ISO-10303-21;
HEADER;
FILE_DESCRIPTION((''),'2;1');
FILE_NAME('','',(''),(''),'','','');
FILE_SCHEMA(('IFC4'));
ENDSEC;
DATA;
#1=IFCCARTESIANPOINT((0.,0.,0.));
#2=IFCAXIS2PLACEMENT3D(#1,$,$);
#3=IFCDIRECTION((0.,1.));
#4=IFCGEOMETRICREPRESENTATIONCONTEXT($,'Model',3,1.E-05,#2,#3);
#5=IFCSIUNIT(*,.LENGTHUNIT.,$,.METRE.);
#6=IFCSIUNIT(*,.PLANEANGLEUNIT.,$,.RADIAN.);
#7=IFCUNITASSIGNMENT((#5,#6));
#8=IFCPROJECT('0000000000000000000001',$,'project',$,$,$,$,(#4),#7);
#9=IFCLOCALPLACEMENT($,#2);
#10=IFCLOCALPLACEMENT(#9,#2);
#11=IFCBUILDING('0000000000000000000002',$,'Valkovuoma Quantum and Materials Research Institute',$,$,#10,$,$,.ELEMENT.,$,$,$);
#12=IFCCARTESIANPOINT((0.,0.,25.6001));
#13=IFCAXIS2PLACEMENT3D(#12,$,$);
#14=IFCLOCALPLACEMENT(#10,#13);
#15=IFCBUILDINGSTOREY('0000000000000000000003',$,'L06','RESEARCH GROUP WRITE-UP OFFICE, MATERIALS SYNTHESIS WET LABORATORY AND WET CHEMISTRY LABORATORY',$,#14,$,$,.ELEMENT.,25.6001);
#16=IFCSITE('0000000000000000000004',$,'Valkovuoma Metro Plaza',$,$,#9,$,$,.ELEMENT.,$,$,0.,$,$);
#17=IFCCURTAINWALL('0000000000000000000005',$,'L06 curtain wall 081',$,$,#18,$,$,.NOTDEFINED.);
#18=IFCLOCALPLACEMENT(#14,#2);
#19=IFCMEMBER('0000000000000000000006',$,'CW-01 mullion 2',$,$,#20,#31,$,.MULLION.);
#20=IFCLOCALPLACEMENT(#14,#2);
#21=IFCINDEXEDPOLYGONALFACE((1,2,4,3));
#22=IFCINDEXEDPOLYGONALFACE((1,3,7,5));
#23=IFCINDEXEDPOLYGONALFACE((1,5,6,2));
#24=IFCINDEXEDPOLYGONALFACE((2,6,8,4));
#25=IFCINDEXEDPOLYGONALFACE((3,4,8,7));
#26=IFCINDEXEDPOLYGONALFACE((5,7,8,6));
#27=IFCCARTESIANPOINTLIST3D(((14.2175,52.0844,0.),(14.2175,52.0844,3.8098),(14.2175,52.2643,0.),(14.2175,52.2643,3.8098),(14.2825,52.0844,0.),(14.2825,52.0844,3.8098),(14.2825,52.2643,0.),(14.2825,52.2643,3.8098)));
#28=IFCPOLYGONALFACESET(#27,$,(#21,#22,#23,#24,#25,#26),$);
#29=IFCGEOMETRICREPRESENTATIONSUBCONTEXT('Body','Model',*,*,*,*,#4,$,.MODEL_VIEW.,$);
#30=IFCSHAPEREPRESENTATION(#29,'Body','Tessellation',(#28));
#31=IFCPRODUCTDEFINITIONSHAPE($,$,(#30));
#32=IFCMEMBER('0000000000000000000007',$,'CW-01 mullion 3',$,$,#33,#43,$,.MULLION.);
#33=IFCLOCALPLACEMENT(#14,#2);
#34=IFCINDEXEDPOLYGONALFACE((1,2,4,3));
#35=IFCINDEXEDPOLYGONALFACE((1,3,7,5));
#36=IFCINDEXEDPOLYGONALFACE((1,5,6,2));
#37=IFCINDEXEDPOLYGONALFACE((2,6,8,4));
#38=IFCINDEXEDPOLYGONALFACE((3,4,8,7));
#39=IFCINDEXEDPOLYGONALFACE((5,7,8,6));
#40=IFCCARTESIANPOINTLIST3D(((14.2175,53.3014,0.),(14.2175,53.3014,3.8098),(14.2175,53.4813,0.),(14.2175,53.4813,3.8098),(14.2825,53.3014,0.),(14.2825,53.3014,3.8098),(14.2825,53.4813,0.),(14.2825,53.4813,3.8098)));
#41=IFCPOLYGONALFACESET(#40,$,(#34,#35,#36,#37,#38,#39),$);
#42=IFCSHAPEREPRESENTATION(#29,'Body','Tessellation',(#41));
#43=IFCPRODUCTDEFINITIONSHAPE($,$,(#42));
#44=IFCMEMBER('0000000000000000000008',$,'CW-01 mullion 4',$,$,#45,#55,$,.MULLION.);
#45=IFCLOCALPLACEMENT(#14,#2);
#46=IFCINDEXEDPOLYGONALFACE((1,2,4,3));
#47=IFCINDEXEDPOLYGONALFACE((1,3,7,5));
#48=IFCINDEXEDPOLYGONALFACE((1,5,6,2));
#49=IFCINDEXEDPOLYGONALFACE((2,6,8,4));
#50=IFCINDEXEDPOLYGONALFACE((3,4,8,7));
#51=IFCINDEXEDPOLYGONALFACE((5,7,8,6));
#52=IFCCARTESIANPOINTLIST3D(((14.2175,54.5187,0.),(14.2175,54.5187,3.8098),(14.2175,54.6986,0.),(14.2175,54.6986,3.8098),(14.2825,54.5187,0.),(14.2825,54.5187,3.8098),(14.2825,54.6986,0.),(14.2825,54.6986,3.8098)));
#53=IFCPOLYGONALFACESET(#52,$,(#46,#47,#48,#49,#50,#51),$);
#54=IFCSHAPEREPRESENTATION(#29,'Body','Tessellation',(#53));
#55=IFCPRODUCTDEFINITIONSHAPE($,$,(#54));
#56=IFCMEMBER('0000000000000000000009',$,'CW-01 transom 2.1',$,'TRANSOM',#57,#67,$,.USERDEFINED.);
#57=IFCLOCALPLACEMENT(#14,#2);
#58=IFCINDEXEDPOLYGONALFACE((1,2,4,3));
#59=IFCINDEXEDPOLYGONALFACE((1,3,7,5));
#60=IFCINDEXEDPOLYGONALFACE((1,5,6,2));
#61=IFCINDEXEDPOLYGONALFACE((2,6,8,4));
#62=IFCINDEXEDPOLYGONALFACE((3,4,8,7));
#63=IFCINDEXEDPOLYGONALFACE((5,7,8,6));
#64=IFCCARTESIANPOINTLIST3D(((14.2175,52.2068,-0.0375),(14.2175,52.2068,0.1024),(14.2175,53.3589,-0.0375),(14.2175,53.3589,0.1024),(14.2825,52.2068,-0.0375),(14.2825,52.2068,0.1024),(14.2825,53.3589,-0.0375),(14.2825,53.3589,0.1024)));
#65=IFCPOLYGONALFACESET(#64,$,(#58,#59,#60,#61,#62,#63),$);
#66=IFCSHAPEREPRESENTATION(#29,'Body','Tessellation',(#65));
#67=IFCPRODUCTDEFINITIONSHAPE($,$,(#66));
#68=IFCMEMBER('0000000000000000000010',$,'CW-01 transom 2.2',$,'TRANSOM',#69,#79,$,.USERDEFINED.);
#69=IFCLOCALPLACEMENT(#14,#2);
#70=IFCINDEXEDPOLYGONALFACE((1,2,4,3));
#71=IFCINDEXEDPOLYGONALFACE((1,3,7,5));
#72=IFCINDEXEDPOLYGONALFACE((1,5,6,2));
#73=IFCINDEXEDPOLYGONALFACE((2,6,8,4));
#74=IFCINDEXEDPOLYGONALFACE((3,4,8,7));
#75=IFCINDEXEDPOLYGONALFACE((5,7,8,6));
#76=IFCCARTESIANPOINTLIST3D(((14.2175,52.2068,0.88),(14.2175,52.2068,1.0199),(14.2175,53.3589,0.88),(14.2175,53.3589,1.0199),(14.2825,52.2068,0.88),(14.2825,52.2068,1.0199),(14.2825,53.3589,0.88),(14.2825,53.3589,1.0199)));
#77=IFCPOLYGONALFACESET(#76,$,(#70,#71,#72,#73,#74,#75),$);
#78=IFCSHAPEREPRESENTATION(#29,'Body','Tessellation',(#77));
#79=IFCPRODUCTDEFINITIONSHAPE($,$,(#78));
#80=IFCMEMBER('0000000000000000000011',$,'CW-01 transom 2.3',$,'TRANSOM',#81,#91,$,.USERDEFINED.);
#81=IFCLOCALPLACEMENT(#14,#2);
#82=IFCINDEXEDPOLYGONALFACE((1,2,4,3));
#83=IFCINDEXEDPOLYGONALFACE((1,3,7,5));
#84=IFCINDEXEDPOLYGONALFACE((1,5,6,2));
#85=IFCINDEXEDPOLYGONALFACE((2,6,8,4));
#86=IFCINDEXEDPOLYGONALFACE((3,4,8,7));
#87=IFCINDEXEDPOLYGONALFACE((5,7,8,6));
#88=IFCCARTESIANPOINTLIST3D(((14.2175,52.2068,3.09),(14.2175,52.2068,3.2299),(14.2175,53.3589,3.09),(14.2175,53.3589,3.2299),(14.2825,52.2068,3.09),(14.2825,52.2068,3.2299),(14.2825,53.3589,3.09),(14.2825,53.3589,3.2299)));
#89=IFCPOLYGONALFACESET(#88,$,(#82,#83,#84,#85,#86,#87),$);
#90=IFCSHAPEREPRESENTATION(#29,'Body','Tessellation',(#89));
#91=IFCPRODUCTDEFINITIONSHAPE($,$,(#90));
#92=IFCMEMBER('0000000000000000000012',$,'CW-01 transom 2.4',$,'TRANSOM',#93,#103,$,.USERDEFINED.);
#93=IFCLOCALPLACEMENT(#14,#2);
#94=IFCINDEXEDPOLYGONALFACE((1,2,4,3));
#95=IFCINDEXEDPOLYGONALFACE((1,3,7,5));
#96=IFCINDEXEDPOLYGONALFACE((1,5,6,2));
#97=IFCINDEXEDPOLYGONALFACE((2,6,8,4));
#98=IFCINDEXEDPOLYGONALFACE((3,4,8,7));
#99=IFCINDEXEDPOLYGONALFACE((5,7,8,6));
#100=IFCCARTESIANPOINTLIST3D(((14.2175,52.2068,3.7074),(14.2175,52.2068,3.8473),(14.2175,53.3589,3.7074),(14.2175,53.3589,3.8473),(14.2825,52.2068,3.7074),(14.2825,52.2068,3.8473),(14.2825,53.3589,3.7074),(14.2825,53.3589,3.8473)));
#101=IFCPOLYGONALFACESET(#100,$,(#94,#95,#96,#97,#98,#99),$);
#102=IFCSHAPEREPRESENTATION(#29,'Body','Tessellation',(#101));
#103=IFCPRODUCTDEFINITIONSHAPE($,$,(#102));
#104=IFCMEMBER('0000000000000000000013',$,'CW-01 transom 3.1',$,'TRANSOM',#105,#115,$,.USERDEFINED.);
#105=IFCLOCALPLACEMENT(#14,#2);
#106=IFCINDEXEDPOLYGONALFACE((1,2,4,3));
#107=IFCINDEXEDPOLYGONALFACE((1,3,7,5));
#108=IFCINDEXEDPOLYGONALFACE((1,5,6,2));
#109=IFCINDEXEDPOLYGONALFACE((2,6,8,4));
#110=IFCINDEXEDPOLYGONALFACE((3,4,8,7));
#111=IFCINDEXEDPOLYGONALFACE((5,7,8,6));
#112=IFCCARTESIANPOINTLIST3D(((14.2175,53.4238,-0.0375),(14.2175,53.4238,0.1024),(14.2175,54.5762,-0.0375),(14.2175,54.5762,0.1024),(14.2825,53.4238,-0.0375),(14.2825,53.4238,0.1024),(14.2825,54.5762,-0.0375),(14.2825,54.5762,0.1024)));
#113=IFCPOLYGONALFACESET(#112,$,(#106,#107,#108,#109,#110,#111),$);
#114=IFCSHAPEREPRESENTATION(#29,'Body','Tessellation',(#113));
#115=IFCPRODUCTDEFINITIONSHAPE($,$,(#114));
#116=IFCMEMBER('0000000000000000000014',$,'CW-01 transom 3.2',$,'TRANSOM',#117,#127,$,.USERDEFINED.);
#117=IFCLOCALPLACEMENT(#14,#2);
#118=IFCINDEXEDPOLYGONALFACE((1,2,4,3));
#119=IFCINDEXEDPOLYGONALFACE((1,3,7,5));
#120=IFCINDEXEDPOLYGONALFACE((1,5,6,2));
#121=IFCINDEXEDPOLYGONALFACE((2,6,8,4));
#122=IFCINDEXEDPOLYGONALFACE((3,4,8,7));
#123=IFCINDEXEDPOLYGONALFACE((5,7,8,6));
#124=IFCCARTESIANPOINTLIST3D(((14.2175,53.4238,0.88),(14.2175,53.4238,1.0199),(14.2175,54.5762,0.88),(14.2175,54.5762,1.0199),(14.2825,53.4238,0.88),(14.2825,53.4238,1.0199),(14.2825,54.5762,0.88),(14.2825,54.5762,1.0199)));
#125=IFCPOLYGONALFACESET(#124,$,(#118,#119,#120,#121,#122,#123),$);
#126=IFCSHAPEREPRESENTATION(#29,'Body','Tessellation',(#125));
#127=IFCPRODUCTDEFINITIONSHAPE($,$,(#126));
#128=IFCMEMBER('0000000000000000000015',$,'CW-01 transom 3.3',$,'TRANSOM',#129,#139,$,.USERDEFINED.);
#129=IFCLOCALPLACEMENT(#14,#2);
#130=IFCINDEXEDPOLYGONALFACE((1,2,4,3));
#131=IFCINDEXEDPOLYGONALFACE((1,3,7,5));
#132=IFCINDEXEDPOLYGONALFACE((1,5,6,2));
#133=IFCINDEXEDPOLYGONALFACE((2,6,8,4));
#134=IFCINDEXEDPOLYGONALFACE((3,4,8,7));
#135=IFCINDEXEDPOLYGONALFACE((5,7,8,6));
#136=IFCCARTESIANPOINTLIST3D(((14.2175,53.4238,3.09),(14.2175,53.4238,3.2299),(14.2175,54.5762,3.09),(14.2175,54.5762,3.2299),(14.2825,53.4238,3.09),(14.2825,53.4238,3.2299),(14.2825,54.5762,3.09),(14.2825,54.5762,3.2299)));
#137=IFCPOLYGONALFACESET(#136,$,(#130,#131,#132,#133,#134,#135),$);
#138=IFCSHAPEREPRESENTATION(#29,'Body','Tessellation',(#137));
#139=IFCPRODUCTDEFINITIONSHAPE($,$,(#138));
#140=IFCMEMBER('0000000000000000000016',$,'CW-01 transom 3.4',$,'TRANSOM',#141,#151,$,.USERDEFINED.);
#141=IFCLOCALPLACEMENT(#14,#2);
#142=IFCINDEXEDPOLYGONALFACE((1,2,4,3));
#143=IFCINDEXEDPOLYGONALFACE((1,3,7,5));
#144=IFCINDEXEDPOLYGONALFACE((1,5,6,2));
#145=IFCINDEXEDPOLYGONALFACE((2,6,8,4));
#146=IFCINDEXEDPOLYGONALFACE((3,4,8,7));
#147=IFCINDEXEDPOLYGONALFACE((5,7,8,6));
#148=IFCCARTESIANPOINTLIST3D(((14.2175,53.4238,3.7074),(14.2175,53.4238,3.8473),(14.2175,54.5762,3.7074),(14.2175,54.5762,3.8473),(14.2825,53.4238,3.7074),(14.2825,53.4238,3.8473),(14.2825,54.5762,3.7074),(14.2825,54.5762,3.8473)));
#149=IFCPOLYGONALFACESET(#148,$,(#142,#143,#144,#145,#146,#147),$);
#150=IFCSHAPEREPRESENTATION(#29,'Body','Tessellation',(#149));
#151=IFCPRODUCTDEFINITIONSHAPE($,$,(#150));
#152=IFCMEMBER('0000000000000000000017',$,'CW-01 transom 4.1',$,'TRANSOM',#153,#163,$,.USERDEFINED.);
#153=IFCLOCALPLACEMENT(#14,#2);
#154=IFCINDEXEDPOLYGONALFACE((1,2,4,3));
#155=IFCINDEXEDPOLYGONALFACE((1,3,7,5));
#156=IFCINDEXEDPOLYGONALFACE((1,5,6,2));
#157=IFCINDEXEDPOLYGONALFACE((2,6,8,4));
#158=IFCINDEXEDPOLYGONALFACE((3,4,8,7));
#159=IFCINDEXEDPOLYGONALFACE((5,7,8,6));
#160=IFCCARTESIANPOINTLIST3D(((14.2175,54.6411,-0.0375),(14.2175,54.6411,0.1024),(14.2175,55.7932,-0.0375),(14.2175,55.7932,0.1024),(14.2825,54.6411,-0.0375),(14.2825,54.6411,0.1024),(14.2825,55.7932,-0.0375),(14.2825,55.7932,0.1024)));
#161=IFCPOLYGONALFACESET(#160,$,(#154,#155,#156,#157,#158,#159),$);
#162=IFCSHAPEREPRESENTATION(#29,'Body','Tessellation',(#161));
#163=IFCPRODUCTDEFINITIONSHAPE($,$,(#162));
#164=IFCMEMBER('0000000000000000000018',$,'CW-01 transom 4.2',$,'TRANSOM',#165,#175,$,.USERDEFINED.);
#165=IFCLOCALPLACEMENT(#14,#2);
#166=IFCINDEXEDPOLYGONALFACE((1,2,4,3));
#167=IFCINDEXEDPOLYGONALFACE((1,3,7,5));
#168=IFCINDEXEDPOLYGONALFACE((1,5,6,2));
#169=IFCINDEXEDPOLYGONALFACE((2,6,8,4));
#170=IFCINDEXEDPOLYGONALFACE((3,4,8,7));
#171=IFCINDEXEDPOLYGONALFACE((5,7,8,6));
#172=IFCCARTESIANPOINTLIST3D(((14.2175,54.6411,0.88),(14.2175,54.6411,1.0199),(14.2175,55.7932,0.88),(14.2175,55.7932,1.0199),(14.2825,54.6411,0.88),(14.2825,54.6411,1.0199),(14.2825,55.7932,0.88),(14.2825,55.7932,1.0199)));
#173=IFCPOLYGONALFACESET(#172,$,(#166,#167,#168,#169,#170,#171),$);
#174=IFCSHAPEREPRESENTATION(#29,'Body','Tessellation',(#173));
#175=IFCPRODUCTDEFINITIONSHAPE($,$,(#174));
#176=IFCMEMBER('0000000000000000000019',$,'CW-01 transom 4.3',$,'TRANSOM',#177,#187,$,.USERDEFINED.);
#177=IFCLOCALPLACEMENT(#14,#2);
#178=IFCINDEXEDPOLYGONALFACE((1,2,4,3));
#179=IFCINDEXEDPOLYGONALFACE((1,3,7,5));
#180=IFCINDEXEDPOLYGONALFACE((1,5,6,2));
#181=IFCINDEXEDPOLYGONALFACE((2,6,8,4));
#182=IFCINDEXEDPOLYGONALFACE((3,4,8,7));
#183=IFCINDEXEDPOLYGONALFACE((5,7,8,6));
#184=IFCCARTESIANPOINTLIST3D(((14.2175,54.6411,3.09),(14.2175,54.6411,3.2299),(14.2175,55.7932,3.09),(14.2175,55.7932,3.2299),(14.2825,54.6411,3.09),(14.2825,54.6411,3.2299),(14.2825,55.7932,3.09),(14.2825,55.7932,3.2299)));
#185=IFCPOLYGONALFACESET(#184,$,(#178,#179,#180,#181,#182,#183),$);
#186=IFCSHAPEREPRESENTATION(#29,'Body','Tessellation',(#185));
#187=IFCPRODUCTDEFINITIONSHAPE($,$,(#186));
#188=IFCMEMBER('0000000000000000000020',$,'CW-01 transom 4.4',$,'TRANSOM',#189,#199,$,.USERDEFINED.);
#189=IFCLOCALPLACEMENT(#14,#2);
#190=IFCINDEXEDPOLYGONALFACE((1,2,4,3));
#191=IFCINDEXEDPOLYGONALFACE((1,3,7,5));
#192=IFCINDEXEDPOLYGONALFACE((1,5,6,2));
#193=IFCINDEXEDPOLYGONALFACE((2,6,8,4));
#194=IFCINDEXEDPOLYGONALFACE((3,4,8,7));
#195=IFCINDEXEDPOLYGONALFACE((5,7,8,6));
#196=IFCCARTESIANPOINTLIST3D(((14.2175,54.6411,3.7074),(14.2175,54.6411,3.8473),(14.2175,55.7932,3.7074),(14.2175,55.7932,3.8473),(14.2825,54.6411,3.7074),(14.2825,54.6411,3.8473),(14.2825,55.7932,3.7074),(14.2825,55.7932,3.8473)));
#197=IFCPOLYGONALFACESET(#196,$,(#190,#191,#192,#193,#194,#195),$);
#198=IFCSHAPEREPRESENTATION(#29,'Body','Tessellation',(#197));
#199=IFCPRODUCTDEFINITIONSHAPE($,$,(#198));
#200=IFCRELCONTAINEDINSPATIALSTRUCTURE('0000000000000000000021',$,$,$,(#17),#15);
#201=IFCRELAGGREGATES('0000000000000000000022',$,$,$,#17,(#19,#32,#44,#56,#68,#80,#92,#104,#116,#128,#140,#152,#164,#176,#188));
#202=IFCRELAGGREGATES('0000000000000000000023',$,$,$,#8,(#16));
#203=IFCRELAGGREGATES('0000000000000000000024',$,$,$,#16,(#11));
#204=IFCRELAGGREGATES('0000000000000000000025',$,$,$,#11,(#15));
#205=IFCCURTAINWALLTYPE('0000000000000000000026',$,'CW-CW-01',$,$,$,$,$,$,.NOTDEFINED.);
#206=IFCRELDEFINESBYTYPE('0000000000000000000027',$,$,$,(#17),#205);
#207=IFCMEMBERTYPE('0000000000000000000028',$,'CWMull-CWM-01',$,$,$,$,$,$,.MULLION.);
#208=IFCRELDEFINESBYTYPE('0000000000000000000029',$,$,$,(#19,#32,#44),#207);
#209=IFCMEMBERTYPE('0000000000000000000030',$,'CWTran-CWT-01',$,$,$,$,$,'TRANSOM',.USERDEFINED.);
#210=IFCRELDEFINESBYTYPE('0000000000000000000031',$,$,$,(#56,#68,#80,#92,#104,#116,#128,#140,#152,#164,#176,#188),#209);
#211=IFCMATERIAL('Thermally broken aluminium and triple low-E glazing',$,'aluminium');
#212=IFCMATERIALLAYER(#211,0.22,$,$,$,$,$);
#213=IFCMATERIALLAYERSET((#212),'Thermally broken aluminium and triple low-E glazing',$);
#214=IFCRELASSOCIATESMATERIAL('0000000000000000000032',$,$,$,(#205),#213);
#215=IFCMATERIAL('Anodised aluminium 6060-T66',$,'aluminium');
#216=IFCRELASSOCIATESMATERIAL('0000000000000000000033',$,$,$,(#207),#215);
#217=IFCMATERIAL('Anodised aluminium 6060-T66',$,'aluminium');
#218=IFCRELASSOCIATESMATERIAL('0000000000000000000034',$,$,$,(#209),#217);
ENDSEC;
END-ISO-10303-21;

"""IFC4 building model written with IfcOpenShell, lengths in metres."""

from ifc_helpers import new_model, si_unit, direction, frame, origin, origin_2d, place, context, subcontext, project, spatial, rectangle, extrude, material, layer, layer_set, material_profile, profile_set, type_object, element, aggregate, save


model = new_model("IFC4")

# Units and contexts
model_context = context("Model", 3, precision=1e-05, world=origin(), true_north=direction((0.0, 1.0)))
body_context = subcontext(model_context, "Body", "Model", "MODEL_VIEW")
ifc_project = project(units=[si_unit("LENGTHUNIT", "METRE"), si_unit("PLANEANGLEUNIT", "RADIAN")], contexts=[model_context])

# Site, building, storey
site_placement = place(None, origin())
site = spatial("IfcSite", under=ifc_project, at=site_placement, Name="Valkovuoma Metro Plaza", CompositionType="ELEMENT", RefElevation=0.0)
building_placement = place(site_placement, origin())
building = spatial("IfcBuilding", under=site, at=building_placement, Name="Valkovuoma Quantum and Materials Research Institute", CompositionType="ELEMENT")
storey_placement = place(building_placement, frame((0.0, 0.0, 25.6001)))
storey = spatial("IfcBuildingStorey", under=building, at=storey_placement, Name="L06", Description="RESEARCH GROUP WRITE-UP OFFICE, MATERIALS SYNTHESIS WET LABORATORY AND WET CHEMISTRY LABORATORY", CompositionType="ELEMENT", Elevation=25.6001)

# Curtain wall, members
ifc_material_1 = material(Name="Thermally broken aluminium and triple low-E glazing", Category="aluminium")
ifc_layer_1 = layer(ifc_material_1, 0.22)
ifc_layer_set_1 = layer_set([ifc_layer_1], Name="Thermally broken aluminium and triple low-E glazing")
curtain_wall_type = type_object("IfcCurtainWallType", Name="CW-CW-01", PredefinedType="NOTDEFINED", material=ifc_layer_set_1)
curtain_wall_placement = place(storey_placement, origin())
curtain_wall = element("IfcCurtainWall", 1, at=curtain_wall_placement, inside=storey, type_object=curtain_wall_type, Name="L06 curtain wall 081", PredefinedType="NOTDEFINED")
ifc_material_2 = material(Name="Anodised aluminium 6060-T66", Category="aluminium")
ifc_material_profile_1 = material_profile(ifc_material_2, rectangle(XDim=0.0649, YDim=0.1799, at=origin_2d()), Name="Anodised aluminium 6060-T66")
ifc_profile_set_1 = profile_set([ifc_material_profile_1], Name="Anodised aluminium 6060-T66")
member_type_1 = type_object("IfcMemberType", Name="CWMull-CWM-01", PredefinedType="MULLION", material=ifc_profile_set_1)
member_1_placement = place(storey_placement, frame((14.25, 52.1743, 0.0), z_axis=(0.0, 0.0, 1.0), x_axis=(-1.0, 0.0, 0.0)))
member_1 = element("IfcMember", 2, at=member_1_placement, type_object=member_type_1, Name="CW-01 mullion 2", PredefinedType="MULLION", context=body_context, shape_type="SweptSolid", body=[
    extrude(rectangle(XDim=0.0649, YDim=0.1799, at=origin_2d()), origin(), (0.0, 0.0, 1.0), 3.8098),
])
member_2_placement = place(storey_placement, frame((14.25, 53.3914, 0.0), z_axis=(0.0, 0.0, 1.0), x_axis=(-1.0, 0.0, 0.0)))
member_2 = element("IfcMember", 3, at=member_2_placement, type_object=member_type_1, Name="CW-01 mullion 3", PredefinedType="MULLION", context=body_context, shape_type="SweptSolid", body=[
    extrude(rectangle(XDim=0.0649, YDim=0.1799, at=origin_2d()), origin(), (0.0, 0.0, 1.0), 3.8098),
])
member_3_placement = place(storey_placement, frame((14.25, 54.6086, 0.0), z_axis=(0.0, 0.0, 1.0), x_axis=(-1.0, 0.0, 0.0)))
member_3 = element("IfcMember", 4, at=member_3_placement, type_object=member_type_1, Name="CW-01 mullion 4", PredefinedType="MULLION", context=body_context, shape_type="SweptSolid", body=[
    extrude(rectangle(XDim=0.0649, YDim=0.1799, at=origin_2d()), origin(), (0.0, 0.0, 1.0), 3.8098),
])
ifc_material_3 = material(Name="Anodised aluminium 6060-T66", Category="aluminium")
ifc_material_profile_2 = material_profile(ifc_material_3, rectangle(XDim=0.0649, YDim=0.1399, at=origin_2d()), Name="Anodised aluminium 6060-T66")
ifc_profile_set_2 = profile_set([ifc_material_profile_2], Name="Anodised aluminium 6060-T66")
member_type_2 = type_object("IfcMemberType", Name="CWTran-CWT-01", ElementType="TRANSOM", PredefinedType="USERDEFINED", material=ifc_profile_set_2)
member_4_placement = place(storey_placement, frame((14.25, 52.2068, 0.0325), z_axis=(0.0, 1.0, 0.0), x_axis=(-1.0, 0.0, 0.0)))
member_4 = element("IfcMember", 5, at=member_4_placement, type_object=member_type_2, Name="CW-01 transom 2.1", ObjectType="TRANSOM", PredefinedType="USERDEFINED", context=body_context, shape_type="SweptSolid", body=[
    extrude(rectangle(XDim=0.0649, YDim=0.1399, at=origin_2d()), origin(), (0.0, 0.0, 1.0), 1.1521),
])
member_5_placement = place(storey_placement, frame((14.25, 52.2068, 0.95), z_axis=(0.0, 1.0, 0.0), x_axis=(-1.0, 0.0, 0.0)))
member_5 = element("IfcMember", 6, at=member_5_placement, type_object=member_type_2, Name="CW-01 transom 2.2", ObjectType="TRANSOM", PredefinedType="USERDEFINED", context=body_context, shape_type="SweptSolid", body=[
    extrude(rectangle(XDim=0.0649, YDim=0.1399, at=origin_2d()), origin(), (0.0, 0.0, 1.0), 1.1521),
])
member_6_placement = place(storey_placement, frame((14.25, 52.2068, 3.1599), z_axis=(0.0, 1.0, 0.0), x_axis=(-1.0, 0.0, 0.0)))
member_6 = element("IfcMember", 7, at=member_6_placement, type_object=member_type_2, Name="CW-01 transom 2.3", ObjectType="TRANSOM", PredefinedType="USERDEFINED", context=body_context, shape_type="SweptSolid", body=[
    extrude(rectangle(XDim=0.0649, YDim=0.1399, at=origin_2d()), origin(), (0.0, 0.0, 1.0), 1.1521),
])
member_7_placement = place(storey_placement, frame((14.25, 52.2068, 3.7773), z_axis=(0.0, 1.0, 0.0), x_axis=(-1.0, 0.0, 0.0)))
member_7 = element("IfcMember", 8, at=member_7_placement, type_object=member_type_2, Name="CW-01 transom 2.4", ObjectType="TRANSOM", PredefinedType="USERDEFINED", context=body_context, shape_type="SweptSolid", body=[
    extrude(rectangle(XDim=0.0649, YDim=0.1399, at=origin_2d()), origin(), (0.0, 0.0, 1.0), 1.1521),
])
member_8_placement = place(storey_placement, frame((14.25, 53.4238, 0.0325), z_axis=(0.0, 1.0, 0.0), x_axis=(-1.0, 0.0, 0.0)))
member_8 = element("IfcMember", 9, at=member_8_placement, type_object=member_type_2, Name="CW-01 transom 3.1", ObjectType="TRANSOM", PredefinedType="USERDEFINED", context=body_context, shape_type="SweptSolid", body=[
    extrude(rectangle(XDim=0.0649, YDim=0.1399, at=origin_2d()), origin(), (0.0, 0.0, 1.0), 1.1523),
])
member_9_placement = place(storey_placement, frame((14.25, 53.4238, 0.95), z_axis=(0.0, 1.0, 0.0), x_axis=(-1.0, 0.0, 0.0)))
member_9 = element("IfcMember", 10, at=member_9_placement, type_object=member_type_2, Name="CW-01 transom 3.2", ObjectType="TRANSOM", PredefinedType="USERDEFINED", context=body_context, shape_type="SweptSolid", body=[
    extrude(rectangle(XDim=0.0649, YDim=0.1399, at=origin_2d()), origin(), (0.0, 0.0, 1.0), 1.1523),
])
member_10_placement = place(storey_placement, frame((14.25, 53.4238, 3.1599), z_axis=(0.0, 1.0, 0.0), x_axis=(-1.0, 0.0, 0.0)))
member_10 = element("IfcMember", 11, at=member_10_placement, type_object=member_type_2, Name="CW-01 transom 3.3", ObjectType="TRANSOM", PredefinedType="USERDEFINED", context=body_context, shape_type="SweptSolid", body=[
    extrude(rectangle(XDim=0.0649, YDim=0.1399, at=origin_2d()), origin(), (0.0, 0.0, 1.0), 1.1523),
])
member_11_placement = place(storey_placement, frame((14.25, 53.4238, 3.7773), z_axis=(0.0, 1.0, 0.0), x_axis=(-1.0, 0.0, 0.0)))
member_11 = element("IfcMember", 12, at=member_11_placement, type_object=member_type_2, Name="CW-01 transom 3.4", ObjectType="TRANSOM", PredefinedType="USERDEFINED", context=body_context, shape_type="SweptSolid", body=[
    extrude(rectangle(XDim=0.0649, YDim=0.1399, at=origin_2d()), origin(), (0.0, 0.0, 1.0), 1.1523),
])
member_12_placement = place(storey_placement, frame((14.25, 54.6411, 0.0325), z_axis=(0.0, 1.0, 0.0), x_axis=(-1.0, 0.0, 0.0)))
member_12 = element("IfcMember", 13, at=member_12_placement, type_object=member_type_2, Name="CW-01 transom 4.1", ObjectType="TRANSOM", PredefinedType="USERDEFINED", context=body_context, shape_type="SweptSolid", body=[
    extrude(rectangle(XDim=0.0649, YDim=0.1399, at=origin_2d()), origin(), (0.0, 0.0, 1.0), 1.1521),
])
member_13_placement = place(storey_placement, frame((14.25, 54.6411, 0.95), z_axis=(0.0, 1.0, 0.0), x_axis=(-1.0, 0.0, 0.0)))
member_13 = element("IfcMember", 14, at=member_13_placement, type_object=member_type_2, Name="CW-01 transom 4.2", ObjectType="TRANSOM", PredefinedType="USERDEFINED", context=body_context, shape_type="SweptSolid", body=[
    extrude(rectangle(XDim=0.0649, YDim=0.1399, at=origin_2d()), origin(), (0.0, 0.0, 1.0), 1.1521),
])
member_14_placement = place(storey_placement, frame((14.25, 54.6411, 3.1599), z_axis=(0.0, 1.0, 0.0), x_axis=(-1.0, 0.0, 0.0)))
member_14 = element("IfcMember", 15, at=member_14_placement, type_object=member_type_2, Name="CW-01 transom 4.3", ObjectType="TRANSOM", PredefinedType="USERDEFINED", context=body_context, shape_type="SweptSolid", body=[
    extrude(rectangle(XDim=0.0649, YDim=0.1399, at=origin_2d()), origin(), (0.0, 0.0, 1.0), 1.1521),
])
member_15_placement = place(storey_placement, frame((14.25, 54.6411, 3.7773), z_axis=(0.0, 1.0, 0.0), x_axis=(-1.0, 0.0, 0.0)))
member_15 = element("IfcMember", 16, at=member_15_placement, type_object=member_type_2, Name="CW-01 transom 4.4", ObjectType="TRANSOM", PredefinedType="USERDEFINED", context=body_context, shape_type="SweptSolid", body=[
    extrude(rectangle(XDim=0.0649, YDim=0.1399, at=origin_2d()), origin(), (0.0, 0.0, 1.0), 1.1521),
])
aggregate(curtain_wall, [member_1, member_2, member_3, member_4, member_5, member_6, member_7, member_8, member_9, member_10, member_11, member_12, member_13, member_14, member_15])

save(model, "model.ifc")
